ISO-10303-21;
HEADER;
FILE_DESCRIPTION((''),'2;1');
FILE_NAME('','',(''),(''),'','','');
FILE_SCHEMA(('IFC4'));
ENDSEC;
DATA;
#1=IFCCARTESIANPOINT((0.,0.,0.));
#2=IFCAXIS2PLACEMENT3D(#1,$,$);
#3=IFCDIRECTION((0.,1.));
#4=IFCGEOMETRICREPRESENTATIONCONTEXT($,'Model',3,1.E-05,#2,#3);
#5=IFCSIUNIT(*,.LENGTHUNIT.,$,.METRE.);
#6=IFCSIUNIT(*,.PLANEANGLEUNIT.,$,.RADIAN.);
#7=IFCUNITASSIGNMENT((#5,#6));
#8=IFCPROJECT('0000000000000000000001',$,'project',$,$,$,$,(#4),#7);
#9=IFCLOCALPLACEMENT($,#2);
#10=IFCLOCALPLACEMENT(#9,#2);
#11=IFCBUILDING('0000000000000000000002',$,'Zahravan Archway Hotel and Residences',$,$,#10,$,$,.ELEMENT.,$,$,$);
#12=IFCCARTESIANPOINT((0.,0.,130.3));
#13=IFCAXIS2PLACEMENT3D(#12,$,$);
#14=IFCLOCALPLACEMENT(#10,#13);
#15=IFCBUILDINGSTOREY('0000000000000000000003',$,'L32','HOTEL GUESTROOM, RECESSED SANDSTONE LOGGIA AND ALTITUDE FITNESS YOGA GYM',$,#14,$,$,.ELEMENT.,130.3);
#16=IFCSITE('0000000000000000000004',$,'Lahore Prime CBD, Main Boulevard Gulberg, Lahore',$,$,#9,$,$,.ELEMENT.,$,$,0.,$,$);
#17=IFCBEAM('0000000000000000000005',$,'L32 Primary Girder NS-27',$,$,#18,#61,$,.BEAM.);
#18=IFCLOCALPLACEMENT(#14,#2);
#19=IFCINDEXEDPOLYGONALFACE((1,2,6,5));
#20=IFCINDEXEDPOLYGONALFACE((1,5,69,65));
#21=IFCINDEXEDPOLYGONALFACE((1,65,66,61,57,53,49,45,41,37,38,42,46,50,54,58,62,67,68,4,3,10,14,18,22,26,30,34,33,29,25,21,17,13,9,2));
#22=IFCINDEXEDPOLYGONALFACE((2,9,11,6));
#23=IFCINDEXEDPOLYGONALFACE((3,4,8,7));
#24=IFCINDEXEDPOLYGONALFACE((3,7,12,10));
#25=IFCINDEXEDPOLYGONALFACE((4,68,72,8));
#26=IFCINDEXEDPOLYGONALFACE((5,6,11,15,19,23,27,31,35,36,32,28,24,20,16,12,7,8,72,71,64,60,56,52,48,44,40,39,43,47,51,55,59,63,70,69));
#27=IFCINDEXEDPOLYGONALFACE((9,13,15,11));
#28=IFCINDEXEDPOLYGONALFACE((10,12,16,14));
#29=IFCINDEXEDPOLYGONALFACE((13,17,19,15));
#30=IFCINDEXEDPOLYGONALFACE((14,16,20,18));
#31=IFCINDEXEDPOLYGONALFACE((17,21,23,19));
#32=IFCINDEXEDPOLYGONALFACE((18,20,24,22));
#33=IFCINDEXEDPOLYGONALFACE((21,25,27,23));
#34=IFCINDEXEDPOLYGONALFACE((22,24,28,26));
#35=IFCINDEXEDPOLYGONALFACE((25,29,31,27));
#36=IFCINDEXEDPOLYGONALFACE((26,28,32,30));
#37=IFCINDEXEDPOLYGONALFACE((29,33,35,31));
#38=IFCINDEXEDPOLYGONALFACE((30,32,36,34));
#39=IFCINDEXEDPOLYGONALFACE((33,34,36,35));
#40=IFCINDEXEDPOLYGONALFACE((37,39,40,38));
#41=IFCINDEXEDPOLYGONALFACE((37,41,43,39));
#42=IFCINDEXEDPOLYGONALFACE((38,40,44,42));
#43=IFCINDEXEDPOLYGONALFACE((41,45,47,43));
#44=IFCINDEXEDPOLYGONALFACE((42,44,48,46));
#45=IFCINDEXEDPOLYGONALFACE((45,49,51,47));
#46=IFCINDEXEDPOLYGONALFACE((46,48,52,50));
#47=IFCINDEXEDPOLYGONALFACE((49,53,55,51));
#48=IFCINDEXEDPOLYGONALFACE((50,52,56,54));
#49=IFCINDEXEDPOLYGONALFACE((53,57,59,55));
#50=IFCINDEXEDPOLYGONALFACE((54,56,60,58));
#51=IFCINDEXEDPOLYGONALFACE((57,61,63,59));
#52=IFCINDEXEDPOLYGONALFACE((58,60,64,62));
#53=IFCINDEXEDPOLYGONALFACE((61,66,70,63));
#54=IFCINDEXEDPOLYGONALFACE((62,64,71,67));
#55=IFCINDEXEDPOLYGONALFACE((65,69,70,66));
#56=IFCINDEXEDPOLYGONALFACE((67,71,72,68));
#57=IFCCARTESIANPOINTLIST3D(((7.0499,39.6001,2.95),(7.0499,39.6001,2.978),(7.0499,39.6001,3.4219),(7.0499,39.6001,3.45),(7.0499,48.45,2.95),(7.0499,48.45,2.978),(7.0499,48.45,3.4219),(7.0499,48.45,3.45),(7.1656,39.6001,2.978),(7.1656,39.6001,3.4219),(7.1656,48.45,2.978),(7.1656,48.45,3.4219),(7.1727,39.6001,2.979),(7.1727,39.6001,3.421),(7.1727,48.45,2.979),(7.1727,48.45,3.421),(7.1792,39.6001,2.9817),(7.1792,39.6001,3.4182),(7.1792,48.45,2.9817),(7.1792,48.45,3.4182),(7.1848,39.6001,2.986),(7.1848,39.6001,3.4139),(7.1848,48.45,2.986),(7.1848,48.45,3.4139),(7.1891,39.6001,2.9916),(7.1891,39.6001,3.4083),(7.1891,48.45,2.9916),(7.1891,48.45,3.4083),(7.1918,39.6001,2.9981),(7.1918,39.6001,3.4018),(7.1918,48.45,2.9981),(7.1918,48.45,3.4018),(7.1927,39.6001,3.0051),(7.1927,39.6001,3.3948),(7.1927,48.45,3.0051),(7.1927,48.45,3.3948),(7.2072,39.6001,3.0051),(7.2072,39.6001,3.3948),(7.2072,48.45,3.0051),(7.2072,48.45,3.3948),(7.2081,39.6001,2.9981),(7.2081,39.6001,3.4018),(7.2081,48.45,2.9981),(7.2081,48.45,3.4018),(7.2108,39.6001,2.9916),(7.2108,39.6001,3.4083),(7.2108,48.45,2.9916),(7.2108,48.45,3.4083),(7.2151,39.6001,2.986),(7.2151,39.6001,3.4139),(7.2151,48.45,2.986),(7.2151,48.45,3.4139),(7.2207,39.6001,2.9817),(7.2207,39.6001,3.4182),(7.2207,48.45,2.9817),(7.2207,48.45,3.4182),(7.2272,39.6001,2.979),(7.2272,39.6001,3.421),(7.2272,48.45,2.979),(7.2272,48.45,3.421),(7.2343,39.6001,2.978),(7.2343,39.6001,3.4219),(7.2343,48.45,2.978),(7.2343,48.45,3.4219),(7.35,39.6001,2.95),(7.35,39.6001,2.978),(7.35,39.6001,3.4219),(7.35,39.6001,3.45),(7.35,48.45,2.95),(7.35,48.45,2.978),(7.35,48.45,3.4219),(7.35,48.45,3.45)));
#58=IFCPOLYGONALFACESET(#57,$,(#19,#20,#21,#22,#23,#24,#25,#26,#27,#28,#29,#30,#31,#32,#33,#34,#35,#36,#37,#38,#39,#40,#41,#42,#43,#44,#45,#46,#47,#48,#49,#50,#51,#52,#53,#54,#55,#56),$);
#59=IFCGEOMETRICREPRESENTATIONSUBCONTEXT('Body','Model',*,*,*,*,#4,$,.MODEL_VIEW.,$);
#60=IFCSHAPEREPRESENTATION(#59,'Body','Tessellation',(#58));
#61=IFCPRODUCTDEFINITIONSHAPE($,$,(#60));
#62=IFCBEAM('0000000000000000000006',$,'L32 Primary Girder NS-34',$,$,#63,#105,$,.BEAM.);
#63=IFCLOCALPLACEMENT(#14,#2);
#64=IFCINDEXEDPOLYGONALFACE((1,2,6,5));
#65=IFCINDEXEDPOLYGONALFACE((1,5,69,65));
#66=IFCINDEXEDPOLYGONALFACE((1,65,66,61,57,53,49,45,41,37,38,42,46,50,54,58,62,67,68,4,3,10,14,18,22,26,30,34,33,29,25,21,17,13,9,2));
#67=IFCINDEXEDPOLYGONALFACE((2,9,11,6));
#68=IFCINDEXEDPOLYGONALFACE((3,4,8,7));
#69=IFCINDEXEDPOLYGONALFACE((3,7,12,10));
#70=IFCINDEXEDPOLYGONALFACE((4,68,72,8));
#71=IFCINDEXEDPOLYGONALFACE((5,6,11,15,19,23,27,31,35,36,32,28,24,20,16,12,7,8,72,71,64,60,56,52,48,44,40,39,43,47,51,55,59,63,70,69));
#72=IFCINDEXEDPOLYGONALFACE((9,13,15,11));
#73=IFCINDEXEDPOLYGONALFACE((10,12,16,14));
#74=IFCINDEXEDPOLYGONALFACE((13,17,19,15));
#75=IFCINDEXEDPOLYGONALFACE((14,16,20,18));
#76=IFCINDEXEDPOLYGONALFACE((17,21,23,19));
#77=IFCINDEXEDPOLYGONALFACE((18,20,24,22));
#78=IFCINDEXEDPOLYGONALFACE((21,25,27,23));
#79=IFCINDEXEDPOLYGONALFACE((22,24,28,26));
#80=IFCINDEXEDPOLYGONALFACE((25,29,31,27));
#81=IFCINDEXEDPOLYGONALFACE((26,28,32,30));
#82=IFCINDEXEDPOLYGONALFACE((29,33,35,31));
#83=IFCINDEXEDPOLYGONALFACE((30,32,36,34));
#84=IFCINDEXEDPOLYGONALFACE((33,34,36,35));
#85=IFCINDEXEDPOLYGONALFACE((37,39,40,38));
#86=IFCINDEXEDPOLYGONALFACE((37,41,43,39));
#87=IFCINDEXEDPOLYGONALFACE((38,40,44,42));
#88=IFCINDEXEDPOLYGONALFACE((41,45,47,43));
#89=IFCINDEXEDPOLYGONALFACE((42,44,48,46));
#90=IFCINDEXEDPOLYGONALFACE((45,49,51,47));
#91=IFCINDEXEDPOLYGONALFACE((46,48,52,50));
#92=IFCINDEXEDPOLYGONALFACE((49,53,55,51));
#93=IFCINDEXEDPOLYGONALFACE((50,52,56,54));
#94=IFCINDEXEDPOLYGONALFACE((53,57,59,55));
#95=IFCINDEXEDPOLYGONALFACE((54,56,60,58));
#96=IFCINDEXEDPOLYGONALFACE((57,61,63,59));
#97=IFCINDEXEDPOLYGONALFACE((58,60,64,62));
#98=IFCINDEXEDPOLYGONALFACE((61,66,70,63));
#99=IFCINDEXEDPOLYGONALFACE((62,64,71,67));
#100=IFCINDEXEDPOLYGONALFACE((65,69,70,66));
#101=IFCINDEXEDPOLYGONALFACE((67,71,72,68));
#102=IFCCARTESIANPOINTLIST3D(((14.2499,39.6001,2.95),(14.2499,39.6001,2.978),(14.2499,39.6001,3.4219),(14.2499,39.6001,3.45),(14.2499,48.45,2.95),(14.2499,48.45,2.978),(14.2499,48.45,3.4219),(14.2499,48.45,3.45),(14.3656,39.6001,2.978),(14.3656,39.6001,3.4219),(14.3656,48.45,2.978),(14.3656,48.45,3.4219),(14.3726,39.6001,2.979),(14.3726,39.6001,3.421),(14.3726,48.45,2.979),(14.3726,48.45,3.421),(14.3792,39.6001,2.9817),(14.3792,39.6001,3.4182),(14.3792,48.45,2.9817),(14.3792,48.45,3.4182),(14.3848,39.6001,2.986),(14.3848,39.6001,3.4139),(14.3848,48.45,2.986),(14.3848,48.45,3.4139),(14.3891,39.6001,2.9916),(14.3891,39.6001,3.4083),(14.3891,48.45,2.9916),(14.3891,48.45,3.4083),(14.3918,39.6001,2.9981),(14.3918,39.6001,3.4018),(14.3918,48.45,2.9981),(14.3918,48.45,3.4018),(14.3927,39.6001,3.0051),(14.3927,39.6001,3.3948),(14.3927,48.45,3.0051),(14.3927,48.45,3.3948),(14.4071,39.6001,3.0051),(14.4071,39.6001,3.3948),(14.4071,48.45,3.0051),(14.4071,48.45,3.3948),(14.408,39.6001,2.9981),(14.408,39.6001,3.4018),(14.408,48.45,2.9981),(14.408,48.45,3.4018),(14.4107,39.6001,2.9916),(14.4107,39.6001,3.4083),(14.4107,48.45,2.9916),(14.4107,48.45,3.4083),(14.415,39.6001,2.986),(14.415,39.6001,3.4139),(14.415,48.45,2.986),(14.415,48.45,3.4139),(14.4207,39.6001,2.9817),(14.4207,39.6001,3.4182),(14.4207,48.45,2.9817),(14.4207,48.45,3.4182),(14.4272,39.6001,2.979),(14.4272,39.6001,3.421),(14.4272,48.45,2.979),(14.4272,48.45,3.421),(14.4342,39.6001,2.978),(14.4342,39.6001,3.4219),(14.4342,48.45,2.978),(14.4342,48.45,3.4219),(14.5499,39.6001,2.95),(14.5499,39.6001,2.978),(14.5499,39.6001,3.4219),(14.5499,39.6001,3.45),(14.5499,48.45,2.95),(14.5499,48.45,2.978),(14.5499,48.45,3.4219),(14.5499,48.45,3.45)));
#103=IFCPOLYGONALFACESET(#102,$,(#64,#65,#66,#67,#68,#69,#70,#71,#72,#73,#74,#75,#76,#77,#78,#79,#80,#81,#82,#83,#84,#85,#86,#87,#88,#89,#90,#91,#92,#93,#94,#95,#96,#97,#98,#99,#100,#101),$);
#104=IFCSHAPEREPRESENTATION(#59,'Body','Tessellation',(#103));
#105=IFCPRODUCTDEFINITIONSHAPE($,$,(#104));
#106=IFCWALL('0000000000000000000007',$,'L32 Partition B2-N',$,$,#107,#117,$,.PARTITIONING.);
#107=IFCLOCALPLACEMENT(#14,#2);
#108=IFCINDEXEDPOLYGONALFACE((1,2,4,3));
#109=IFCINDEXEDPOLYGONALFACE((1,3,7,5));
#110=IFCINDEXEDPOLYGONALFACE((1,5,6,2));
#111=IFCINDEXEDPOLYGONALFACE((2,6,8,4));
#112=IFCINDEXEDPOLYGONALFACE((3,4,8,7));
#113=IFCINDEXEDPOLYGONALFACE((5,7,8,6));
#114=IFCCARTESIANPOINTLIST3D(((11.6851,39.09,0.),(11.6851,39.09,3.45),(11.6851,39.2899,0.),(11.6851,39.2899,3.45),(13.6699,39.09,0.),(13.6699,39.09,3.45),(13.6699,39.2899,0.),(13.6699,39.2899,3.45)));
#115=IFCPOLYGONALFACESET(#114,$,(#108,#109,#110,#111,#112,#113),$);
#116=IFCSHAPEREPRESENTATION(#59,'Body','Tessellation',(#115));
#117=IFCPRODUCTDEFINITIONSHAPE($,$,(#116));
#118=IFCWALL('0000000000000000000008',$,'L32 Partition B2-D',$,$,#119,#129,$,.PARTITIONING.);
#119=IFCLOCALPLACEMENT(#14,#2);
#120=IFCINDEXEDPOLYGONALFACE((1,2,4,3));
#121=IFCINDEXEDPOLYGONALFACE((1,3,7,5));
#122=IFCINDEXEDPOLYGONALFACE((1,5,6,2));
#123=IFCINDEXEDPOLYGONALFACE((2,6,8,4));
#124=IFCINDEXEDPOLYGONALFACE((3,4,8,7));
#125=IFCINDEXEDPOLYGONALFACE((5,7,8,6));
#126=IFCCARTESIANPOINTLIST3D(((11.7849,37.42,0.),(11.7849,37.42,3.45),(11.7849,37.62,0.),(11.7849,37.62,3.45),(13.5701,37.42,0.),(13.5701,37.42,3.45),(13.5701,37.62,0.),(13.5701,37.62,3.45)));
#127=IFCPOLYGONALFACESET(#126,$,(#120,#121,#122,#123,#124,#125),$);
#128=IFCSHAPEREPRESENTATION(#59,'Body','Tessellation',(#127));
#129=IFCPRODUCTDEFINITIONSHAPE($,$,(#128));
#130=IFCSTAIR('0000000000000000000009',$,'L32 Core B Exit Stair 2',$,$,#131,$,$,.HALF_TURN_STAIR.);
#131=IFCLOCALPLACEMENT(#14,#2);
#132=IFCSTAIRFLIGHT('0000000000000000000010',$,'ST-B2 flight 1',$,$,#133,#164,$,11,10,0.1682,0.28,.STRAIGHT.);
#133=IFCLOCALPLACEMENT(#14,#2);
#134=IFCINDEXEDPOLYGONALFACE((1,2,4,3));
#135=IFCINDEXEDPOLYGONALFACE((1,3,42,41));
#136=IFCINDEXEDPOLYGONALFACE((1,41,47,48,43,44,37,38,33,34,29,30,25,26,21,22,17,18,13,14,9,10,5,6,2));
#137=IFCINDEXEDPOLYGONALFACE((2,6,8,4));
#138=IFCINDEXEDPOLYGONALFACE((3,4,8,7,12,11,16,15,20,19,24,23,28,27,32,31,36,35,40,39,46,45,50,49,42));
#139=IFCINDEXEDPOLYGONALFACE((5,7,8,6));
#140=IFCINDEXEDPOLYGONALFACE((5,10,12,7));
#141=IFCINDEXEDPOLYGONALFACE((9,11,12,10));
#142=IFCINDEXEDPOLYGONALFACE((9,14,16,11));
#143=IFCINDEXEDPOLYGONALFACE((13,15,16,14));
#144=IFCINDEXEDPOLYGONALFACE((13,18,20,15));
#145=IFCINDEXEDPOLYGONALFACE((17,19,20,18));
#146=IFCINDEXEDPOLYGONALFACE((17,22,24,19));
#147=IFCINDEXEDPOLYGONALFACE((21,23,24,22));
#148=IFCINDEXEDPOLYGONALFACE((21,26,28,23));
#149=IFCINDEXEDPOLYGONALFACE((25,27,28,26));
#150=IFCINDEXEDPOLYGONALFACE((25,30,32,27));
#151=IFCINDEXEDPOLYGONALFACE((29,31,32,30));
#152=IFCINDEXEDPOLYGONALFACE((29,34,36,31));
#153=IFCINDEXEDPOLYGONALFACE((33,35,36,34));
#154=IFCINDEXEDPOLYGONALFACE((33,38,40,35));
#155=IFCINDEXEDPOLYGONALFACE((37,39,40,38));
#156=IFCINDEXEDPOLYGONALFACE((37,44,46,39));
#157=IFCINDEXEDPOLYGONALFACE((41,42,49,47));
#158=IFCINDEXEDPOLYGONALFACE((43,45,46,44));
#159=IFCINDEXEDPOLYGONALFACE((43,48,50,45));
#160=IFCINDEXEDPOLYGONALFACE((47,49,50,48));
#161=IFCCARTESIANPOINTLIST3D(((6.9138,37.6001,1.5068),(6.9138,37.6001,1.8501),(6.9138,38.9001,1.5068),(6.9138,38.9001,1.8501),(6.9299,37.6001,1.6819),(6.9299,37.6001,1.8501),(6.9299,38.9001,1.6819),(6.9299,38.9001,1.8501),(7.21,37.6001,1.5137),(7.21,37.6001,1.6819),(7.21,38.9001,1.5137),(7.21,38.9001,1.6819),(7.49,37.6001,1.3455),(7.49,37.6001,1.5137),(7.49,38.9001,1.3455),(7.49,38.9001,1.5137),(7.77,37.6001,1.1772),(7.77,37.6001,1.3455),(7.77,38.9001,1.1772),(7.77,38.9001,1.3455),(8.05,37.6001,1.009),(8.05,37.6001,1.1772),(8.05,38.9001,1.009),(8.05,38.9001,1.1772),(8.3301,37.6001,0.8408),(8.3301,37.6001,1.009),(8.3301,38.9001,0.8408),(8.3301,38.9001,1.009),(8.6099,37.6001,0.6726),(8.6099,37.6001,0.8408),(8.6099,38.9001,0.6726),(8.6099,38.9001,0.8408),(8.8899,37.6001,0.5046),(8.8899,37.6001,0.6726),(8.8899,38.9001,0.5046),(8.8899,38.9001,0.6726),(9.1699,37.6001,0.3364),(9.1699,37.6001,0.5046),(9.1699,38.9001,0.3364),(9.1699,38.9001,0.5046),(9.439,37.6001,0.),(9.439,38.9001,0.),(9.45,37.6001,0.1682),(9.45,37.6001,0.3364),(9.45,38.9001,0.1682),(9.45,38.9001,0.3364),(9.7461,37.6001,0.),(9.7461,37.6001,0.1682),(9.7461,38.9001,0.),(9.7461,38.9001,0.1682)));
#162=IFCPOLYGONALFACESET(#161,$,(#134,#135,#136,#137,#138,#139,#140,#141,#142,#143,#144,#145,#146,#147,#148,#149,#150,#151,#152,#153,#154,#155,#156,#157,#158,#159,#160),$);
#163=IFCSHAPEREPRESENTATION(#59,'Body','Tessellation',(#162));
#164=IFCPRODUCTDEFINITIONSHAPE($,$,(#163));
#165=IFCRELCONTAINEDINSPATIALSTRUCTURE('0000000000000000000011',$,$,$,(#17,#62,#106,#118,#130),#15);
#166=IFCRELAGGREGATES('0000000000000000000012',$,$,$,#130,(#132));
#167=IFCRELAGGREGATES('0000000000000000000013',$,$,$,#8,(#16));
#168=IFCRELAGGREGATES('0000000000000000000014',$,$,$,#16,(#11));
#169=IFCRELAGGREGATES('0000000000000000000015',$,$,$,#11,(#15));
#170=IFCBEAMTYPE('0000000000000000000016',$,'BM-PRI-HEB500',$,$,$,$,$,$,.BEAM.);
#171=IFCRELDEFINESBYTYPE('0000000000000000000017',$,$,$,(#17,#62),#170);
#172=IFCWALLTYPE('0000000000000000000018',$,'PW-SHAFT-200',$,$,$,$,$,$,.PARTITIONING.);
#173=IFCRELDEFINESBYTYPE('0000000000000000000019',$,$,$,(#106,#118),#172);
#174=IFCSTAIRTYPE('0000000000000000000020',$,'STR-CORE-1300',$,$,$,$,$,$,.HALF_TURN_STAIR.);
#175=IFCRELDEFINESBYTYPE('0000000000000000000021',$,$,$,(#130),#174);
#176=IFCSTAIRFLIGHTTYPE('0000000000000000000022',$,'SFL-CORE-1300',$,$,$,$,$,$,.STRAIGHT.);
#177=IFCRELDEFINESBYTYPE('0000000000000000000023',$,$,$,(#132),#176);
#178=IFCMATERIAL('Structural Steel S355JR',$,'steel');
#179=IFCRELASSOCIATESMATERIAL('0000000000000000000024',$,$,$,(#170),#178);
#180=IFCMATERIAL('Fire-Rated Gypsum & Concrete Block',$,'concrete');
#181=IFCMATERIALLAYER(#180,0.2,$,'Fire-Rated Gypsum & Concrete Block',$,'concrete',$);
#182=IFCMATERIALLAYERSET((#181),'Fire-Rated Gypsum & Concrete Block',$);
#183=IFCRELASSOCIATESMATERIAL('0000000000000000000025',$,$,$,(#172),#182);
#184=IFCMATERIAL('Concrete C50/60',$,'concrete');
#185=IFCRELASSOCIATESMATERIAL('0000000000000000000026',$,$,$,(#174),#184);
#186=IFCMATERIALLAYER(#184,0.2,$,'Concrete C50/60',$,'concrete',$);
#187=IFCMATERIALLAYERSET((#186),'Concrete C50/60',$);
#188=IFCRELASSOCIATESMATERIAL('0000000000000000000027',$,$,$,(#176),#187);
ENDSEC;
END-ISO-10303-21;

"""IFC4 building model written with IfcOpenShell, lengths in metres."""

from ifc_helpers import new_model, si_unit, direction, frame, frame_2d, origin, origin_2d, place, context, subcontext, project, spatial, polyline, rectangle, i_section, outline, extrude, source, transform, mapped, material, layer, layer_set, material_profile, profile_set, type_object, element, aggregate, save


model = new_model("IFC4")

# Units and contexts
model_context = context("Model", 3, precision=1e-05, world=origin(), true_north=direction((0.0, 1.0)))
body_context = subcontext(model_context, "Body", "Model", "MODEL_VIEW")
ifc_project = project(units=[si_unit("LENGTHUNIT", "METRE"), si_unit("PLANEANGLEUNIT", "RADIAN")], contexts=[model_context])

# Site, building, storey
site_placement = place(None, origin())
site = spatial("IfcSite", under=ifc_project, at=site_placement, Name="Lahore Prime CBD, Main Boulevard Gulberg, Lahore", CompositionType="ELEMENT", RefElevation=0.0)
building_placement = place(site_placement, origin())
building = spatial("IfcBuilding", under=site, at=building_placement, Name="Zahravan Archway Hotel and Residences", CompositionType="ELEMENT")
storey_placement = place(building_placement, frame((0.0, 0.0, 130.3)))
storey = spatial("IfcBuildingStorey", under=building, at=storey_placement, Name="L32", Description="HOTEL GUESTROOM, RECESSED SANDSTONE LOGGIA AND ALTITUDE FITNESS YOGA GYM", CompositionType="ELEMENT", Elevation=130.3)

# Beams
ifc_material_1 = material(Name="Structural Steel S355JR", Category="steel")
ifc_material_profile_1 = material_profile(ifc_material_1, i_section(OverallWidth=0.3, OverallDepth=0.5, WebThickness=0.0144, FlangeThickness=0.0281, FilletRadius=0.0271, at=origin_2d()), Name="HEB 500", Category="steel")
ifc_profile_set_1 = profile_set([ifc_material_profile_1], Name="Structural Steel S355JR")
beam_type_1 = type_object("IfcBeamType", Name="BM-PRI-HEB500", PredefinedType="BEAM", material=ifc_profile_set_1)
shared_shape_1 = source(origin(), body_context, "Body", "SweptSolid", [
    extrude(i_section(OverallWidth=0.3, OverallDepth=0.5, WebThickness=0.0144, FlangeThickness=0.0281, FilletRadius=0.0271, at=origin_2d()), origin(), (0.0, 0.0, 1.0), 8.8499),
])
for number, where, z_axis, x_axis, name in (
    (1, (7.2, 39.6001, 3.2), (0.0, 1.0, 0.0), (-1.0, 0.0, 0.0), "L32 Primary Girder NS-27"),
    (2, (14.3999, 39.6001, 3.2), (0.0, 1.0, 0.0), (-1.0, 0.0, 0.0), "L32 Primary Girder NS-34"),
):
    element("IfcBeam", number, at=place(storey_placement, frame(where, z_axis=z_axis, x_axis=x_axis)), inside=storey, type_object=beam_type_1, Name=name, PredefinedType="BEAM", context=body_context, shape_type="MappedRepresentation", body=[
        mapped(shared_shape_1, transform((0.0, 0.0, 0.0), scale=1.0)),
    ])

# Walls
ifc_material_2 = material(Name="Fire-Rated Gypsum & Concrete Block", Category="concrete")
ifc_layer_1 = layer(ifc_material_2, 0.2, Name="Fire-Rated Gypsum & Concrete Block", Category="concrete")
ifc_layer_set_1 = layer_set([ifc_layer_1], Name="Fire-Rated Gypsum & Concrete Block")
wall_type = type_object("IfcWallType", Name="PW-SHAFT-200", PredefinedType="PARTITIONING", material=ifc_layer_set_1)
wall_1_placement = place(storey_placement, frame((11.6851, 39.1899, 0.0), z_axis=(0.0, 0.0, 1.0), x_axis=(1.0, 0.0, 0.0)))
element("IfcWall", 3, at=wall_1_placement, inside=storey, type_object=wall_type, Name="L32 Partition B2-N", PredefinedType="PARTITIONING", context=body_context, shape_type="SweptSolid", body=[
    extrude(rectangle(XDim=1.9849, YDim=0.2, at=frame_2d((0.9924, 0.0))), origin(), (0.0, 0.0, 1.0), 3.45),
])
wall_2_placement = place(storey_placement, frame((11.7849, 37.52, 0.0), z_axis=(0.0, 0.0, 1.0), x_axis=(1.0, 0.0, 0.0)))
element("IfcWall", 4, at=wall_2_placement, inside=storey, type_object=wall_type, Name="L32 Partition B2-D", PredefinedType="PARTITIONING", context=body_context, shape_type="SweptSolid", body=[
    extrude(rectangle(XDim=1.7852, YDim=0.2, at=frame_2d((0.8926, 0.0))), origin(), (0.0, 0.0, 1.0), 3.45),
])

# Stair, stair flight
ifc_material_3 = material(Name="Concrete C50/60", Category="concrete")
stair_type = type_object("IfcStairType", Name="STR-CORE-1300", PredefinedType="HALF_TURN_STAIR", material=ifc_material_3)
stair_placement = place(storey_placement, origin())
stair = element("IfcStair", 5, at=stair_placement, inside=storey, type_object=stair_type, Name="L32 Core B Exit Stair 2", PredefinedType="HALF_TURN_STAIR")
ifc_layer_2 = layer(ifc_material_3, 0.2, Name="Concrete C50/60", Category="concrete")
ifc_layer_set_2 = layer_set([ifc_layer_2], Name="Concrete C50/60")
stair_flight_type = type_object("IfcStairFlightType", Name="SFL-CORE-1300", PredefinedType="STRAIGHT", material=ifc_layer_set_2)
shared_shape_2 = source(origin(), body_context, "Body", "SweptSolid", [
    extrude(outline(polyline([(-0.0161, 0.0), (-0.0161, 0.1682), (0.28, 0.1682), (0.28, 0.3364), (0.5601, 0.3364), (0.5601, 0.5046), (0.8401, 0.5046), (0.8401, 0.6726), (1.1201, 0.6726), (1.1201, 0.8408), (1.3999, 0.8408), (1.3999, 1.009), (1.6799, 1.009), (1.6799, 1.1772), (1.96, 1.1772), (1.96, 1.3455), (2.24, 1.3455), (2.24, 1.5137), (2.52, 1.5137), (2.52, 1.6819), (2.8, 1.6819), (2.8, 1.8501), (2.8162, 1.8501), (2.8162, 1.5068), (0.291, 0.0), (-0.0161, 0.0)])), frame((0.0, 0.6499, 0.0), z_axis=(0.0, -1.0, 0.0), x_axis=(1.0, 0.0, 0.0)), (0.0, 0.0, 1.0), 1.3),
])
stair_flight_placement = place(storey_placement, frame((9.73, 38.25, 0.0), z_axis=(0.0, 0.0, 1.0), x_axis=(-1.0, 0.0, 0.0)))
stair_flight = element("IfcStairFlight", 6, at=stair_flight_placement, type_object=stair_flight_type, Name="ST-B2 flight 1", NumberOfRisers=11, NumberOfTreads=10, PredefinedType="STRAIGHT", RiserHeight=0.1682, TreadLength=0.28, context=body_context, shape_type="MappedRepresentation", body=[
    mapped(shared_shape_2, transform((0.0, 0.0, 0.0), scale=1.0)),
])
aggregate(stair, [stair_flight])

save(model, "model.ifc")
